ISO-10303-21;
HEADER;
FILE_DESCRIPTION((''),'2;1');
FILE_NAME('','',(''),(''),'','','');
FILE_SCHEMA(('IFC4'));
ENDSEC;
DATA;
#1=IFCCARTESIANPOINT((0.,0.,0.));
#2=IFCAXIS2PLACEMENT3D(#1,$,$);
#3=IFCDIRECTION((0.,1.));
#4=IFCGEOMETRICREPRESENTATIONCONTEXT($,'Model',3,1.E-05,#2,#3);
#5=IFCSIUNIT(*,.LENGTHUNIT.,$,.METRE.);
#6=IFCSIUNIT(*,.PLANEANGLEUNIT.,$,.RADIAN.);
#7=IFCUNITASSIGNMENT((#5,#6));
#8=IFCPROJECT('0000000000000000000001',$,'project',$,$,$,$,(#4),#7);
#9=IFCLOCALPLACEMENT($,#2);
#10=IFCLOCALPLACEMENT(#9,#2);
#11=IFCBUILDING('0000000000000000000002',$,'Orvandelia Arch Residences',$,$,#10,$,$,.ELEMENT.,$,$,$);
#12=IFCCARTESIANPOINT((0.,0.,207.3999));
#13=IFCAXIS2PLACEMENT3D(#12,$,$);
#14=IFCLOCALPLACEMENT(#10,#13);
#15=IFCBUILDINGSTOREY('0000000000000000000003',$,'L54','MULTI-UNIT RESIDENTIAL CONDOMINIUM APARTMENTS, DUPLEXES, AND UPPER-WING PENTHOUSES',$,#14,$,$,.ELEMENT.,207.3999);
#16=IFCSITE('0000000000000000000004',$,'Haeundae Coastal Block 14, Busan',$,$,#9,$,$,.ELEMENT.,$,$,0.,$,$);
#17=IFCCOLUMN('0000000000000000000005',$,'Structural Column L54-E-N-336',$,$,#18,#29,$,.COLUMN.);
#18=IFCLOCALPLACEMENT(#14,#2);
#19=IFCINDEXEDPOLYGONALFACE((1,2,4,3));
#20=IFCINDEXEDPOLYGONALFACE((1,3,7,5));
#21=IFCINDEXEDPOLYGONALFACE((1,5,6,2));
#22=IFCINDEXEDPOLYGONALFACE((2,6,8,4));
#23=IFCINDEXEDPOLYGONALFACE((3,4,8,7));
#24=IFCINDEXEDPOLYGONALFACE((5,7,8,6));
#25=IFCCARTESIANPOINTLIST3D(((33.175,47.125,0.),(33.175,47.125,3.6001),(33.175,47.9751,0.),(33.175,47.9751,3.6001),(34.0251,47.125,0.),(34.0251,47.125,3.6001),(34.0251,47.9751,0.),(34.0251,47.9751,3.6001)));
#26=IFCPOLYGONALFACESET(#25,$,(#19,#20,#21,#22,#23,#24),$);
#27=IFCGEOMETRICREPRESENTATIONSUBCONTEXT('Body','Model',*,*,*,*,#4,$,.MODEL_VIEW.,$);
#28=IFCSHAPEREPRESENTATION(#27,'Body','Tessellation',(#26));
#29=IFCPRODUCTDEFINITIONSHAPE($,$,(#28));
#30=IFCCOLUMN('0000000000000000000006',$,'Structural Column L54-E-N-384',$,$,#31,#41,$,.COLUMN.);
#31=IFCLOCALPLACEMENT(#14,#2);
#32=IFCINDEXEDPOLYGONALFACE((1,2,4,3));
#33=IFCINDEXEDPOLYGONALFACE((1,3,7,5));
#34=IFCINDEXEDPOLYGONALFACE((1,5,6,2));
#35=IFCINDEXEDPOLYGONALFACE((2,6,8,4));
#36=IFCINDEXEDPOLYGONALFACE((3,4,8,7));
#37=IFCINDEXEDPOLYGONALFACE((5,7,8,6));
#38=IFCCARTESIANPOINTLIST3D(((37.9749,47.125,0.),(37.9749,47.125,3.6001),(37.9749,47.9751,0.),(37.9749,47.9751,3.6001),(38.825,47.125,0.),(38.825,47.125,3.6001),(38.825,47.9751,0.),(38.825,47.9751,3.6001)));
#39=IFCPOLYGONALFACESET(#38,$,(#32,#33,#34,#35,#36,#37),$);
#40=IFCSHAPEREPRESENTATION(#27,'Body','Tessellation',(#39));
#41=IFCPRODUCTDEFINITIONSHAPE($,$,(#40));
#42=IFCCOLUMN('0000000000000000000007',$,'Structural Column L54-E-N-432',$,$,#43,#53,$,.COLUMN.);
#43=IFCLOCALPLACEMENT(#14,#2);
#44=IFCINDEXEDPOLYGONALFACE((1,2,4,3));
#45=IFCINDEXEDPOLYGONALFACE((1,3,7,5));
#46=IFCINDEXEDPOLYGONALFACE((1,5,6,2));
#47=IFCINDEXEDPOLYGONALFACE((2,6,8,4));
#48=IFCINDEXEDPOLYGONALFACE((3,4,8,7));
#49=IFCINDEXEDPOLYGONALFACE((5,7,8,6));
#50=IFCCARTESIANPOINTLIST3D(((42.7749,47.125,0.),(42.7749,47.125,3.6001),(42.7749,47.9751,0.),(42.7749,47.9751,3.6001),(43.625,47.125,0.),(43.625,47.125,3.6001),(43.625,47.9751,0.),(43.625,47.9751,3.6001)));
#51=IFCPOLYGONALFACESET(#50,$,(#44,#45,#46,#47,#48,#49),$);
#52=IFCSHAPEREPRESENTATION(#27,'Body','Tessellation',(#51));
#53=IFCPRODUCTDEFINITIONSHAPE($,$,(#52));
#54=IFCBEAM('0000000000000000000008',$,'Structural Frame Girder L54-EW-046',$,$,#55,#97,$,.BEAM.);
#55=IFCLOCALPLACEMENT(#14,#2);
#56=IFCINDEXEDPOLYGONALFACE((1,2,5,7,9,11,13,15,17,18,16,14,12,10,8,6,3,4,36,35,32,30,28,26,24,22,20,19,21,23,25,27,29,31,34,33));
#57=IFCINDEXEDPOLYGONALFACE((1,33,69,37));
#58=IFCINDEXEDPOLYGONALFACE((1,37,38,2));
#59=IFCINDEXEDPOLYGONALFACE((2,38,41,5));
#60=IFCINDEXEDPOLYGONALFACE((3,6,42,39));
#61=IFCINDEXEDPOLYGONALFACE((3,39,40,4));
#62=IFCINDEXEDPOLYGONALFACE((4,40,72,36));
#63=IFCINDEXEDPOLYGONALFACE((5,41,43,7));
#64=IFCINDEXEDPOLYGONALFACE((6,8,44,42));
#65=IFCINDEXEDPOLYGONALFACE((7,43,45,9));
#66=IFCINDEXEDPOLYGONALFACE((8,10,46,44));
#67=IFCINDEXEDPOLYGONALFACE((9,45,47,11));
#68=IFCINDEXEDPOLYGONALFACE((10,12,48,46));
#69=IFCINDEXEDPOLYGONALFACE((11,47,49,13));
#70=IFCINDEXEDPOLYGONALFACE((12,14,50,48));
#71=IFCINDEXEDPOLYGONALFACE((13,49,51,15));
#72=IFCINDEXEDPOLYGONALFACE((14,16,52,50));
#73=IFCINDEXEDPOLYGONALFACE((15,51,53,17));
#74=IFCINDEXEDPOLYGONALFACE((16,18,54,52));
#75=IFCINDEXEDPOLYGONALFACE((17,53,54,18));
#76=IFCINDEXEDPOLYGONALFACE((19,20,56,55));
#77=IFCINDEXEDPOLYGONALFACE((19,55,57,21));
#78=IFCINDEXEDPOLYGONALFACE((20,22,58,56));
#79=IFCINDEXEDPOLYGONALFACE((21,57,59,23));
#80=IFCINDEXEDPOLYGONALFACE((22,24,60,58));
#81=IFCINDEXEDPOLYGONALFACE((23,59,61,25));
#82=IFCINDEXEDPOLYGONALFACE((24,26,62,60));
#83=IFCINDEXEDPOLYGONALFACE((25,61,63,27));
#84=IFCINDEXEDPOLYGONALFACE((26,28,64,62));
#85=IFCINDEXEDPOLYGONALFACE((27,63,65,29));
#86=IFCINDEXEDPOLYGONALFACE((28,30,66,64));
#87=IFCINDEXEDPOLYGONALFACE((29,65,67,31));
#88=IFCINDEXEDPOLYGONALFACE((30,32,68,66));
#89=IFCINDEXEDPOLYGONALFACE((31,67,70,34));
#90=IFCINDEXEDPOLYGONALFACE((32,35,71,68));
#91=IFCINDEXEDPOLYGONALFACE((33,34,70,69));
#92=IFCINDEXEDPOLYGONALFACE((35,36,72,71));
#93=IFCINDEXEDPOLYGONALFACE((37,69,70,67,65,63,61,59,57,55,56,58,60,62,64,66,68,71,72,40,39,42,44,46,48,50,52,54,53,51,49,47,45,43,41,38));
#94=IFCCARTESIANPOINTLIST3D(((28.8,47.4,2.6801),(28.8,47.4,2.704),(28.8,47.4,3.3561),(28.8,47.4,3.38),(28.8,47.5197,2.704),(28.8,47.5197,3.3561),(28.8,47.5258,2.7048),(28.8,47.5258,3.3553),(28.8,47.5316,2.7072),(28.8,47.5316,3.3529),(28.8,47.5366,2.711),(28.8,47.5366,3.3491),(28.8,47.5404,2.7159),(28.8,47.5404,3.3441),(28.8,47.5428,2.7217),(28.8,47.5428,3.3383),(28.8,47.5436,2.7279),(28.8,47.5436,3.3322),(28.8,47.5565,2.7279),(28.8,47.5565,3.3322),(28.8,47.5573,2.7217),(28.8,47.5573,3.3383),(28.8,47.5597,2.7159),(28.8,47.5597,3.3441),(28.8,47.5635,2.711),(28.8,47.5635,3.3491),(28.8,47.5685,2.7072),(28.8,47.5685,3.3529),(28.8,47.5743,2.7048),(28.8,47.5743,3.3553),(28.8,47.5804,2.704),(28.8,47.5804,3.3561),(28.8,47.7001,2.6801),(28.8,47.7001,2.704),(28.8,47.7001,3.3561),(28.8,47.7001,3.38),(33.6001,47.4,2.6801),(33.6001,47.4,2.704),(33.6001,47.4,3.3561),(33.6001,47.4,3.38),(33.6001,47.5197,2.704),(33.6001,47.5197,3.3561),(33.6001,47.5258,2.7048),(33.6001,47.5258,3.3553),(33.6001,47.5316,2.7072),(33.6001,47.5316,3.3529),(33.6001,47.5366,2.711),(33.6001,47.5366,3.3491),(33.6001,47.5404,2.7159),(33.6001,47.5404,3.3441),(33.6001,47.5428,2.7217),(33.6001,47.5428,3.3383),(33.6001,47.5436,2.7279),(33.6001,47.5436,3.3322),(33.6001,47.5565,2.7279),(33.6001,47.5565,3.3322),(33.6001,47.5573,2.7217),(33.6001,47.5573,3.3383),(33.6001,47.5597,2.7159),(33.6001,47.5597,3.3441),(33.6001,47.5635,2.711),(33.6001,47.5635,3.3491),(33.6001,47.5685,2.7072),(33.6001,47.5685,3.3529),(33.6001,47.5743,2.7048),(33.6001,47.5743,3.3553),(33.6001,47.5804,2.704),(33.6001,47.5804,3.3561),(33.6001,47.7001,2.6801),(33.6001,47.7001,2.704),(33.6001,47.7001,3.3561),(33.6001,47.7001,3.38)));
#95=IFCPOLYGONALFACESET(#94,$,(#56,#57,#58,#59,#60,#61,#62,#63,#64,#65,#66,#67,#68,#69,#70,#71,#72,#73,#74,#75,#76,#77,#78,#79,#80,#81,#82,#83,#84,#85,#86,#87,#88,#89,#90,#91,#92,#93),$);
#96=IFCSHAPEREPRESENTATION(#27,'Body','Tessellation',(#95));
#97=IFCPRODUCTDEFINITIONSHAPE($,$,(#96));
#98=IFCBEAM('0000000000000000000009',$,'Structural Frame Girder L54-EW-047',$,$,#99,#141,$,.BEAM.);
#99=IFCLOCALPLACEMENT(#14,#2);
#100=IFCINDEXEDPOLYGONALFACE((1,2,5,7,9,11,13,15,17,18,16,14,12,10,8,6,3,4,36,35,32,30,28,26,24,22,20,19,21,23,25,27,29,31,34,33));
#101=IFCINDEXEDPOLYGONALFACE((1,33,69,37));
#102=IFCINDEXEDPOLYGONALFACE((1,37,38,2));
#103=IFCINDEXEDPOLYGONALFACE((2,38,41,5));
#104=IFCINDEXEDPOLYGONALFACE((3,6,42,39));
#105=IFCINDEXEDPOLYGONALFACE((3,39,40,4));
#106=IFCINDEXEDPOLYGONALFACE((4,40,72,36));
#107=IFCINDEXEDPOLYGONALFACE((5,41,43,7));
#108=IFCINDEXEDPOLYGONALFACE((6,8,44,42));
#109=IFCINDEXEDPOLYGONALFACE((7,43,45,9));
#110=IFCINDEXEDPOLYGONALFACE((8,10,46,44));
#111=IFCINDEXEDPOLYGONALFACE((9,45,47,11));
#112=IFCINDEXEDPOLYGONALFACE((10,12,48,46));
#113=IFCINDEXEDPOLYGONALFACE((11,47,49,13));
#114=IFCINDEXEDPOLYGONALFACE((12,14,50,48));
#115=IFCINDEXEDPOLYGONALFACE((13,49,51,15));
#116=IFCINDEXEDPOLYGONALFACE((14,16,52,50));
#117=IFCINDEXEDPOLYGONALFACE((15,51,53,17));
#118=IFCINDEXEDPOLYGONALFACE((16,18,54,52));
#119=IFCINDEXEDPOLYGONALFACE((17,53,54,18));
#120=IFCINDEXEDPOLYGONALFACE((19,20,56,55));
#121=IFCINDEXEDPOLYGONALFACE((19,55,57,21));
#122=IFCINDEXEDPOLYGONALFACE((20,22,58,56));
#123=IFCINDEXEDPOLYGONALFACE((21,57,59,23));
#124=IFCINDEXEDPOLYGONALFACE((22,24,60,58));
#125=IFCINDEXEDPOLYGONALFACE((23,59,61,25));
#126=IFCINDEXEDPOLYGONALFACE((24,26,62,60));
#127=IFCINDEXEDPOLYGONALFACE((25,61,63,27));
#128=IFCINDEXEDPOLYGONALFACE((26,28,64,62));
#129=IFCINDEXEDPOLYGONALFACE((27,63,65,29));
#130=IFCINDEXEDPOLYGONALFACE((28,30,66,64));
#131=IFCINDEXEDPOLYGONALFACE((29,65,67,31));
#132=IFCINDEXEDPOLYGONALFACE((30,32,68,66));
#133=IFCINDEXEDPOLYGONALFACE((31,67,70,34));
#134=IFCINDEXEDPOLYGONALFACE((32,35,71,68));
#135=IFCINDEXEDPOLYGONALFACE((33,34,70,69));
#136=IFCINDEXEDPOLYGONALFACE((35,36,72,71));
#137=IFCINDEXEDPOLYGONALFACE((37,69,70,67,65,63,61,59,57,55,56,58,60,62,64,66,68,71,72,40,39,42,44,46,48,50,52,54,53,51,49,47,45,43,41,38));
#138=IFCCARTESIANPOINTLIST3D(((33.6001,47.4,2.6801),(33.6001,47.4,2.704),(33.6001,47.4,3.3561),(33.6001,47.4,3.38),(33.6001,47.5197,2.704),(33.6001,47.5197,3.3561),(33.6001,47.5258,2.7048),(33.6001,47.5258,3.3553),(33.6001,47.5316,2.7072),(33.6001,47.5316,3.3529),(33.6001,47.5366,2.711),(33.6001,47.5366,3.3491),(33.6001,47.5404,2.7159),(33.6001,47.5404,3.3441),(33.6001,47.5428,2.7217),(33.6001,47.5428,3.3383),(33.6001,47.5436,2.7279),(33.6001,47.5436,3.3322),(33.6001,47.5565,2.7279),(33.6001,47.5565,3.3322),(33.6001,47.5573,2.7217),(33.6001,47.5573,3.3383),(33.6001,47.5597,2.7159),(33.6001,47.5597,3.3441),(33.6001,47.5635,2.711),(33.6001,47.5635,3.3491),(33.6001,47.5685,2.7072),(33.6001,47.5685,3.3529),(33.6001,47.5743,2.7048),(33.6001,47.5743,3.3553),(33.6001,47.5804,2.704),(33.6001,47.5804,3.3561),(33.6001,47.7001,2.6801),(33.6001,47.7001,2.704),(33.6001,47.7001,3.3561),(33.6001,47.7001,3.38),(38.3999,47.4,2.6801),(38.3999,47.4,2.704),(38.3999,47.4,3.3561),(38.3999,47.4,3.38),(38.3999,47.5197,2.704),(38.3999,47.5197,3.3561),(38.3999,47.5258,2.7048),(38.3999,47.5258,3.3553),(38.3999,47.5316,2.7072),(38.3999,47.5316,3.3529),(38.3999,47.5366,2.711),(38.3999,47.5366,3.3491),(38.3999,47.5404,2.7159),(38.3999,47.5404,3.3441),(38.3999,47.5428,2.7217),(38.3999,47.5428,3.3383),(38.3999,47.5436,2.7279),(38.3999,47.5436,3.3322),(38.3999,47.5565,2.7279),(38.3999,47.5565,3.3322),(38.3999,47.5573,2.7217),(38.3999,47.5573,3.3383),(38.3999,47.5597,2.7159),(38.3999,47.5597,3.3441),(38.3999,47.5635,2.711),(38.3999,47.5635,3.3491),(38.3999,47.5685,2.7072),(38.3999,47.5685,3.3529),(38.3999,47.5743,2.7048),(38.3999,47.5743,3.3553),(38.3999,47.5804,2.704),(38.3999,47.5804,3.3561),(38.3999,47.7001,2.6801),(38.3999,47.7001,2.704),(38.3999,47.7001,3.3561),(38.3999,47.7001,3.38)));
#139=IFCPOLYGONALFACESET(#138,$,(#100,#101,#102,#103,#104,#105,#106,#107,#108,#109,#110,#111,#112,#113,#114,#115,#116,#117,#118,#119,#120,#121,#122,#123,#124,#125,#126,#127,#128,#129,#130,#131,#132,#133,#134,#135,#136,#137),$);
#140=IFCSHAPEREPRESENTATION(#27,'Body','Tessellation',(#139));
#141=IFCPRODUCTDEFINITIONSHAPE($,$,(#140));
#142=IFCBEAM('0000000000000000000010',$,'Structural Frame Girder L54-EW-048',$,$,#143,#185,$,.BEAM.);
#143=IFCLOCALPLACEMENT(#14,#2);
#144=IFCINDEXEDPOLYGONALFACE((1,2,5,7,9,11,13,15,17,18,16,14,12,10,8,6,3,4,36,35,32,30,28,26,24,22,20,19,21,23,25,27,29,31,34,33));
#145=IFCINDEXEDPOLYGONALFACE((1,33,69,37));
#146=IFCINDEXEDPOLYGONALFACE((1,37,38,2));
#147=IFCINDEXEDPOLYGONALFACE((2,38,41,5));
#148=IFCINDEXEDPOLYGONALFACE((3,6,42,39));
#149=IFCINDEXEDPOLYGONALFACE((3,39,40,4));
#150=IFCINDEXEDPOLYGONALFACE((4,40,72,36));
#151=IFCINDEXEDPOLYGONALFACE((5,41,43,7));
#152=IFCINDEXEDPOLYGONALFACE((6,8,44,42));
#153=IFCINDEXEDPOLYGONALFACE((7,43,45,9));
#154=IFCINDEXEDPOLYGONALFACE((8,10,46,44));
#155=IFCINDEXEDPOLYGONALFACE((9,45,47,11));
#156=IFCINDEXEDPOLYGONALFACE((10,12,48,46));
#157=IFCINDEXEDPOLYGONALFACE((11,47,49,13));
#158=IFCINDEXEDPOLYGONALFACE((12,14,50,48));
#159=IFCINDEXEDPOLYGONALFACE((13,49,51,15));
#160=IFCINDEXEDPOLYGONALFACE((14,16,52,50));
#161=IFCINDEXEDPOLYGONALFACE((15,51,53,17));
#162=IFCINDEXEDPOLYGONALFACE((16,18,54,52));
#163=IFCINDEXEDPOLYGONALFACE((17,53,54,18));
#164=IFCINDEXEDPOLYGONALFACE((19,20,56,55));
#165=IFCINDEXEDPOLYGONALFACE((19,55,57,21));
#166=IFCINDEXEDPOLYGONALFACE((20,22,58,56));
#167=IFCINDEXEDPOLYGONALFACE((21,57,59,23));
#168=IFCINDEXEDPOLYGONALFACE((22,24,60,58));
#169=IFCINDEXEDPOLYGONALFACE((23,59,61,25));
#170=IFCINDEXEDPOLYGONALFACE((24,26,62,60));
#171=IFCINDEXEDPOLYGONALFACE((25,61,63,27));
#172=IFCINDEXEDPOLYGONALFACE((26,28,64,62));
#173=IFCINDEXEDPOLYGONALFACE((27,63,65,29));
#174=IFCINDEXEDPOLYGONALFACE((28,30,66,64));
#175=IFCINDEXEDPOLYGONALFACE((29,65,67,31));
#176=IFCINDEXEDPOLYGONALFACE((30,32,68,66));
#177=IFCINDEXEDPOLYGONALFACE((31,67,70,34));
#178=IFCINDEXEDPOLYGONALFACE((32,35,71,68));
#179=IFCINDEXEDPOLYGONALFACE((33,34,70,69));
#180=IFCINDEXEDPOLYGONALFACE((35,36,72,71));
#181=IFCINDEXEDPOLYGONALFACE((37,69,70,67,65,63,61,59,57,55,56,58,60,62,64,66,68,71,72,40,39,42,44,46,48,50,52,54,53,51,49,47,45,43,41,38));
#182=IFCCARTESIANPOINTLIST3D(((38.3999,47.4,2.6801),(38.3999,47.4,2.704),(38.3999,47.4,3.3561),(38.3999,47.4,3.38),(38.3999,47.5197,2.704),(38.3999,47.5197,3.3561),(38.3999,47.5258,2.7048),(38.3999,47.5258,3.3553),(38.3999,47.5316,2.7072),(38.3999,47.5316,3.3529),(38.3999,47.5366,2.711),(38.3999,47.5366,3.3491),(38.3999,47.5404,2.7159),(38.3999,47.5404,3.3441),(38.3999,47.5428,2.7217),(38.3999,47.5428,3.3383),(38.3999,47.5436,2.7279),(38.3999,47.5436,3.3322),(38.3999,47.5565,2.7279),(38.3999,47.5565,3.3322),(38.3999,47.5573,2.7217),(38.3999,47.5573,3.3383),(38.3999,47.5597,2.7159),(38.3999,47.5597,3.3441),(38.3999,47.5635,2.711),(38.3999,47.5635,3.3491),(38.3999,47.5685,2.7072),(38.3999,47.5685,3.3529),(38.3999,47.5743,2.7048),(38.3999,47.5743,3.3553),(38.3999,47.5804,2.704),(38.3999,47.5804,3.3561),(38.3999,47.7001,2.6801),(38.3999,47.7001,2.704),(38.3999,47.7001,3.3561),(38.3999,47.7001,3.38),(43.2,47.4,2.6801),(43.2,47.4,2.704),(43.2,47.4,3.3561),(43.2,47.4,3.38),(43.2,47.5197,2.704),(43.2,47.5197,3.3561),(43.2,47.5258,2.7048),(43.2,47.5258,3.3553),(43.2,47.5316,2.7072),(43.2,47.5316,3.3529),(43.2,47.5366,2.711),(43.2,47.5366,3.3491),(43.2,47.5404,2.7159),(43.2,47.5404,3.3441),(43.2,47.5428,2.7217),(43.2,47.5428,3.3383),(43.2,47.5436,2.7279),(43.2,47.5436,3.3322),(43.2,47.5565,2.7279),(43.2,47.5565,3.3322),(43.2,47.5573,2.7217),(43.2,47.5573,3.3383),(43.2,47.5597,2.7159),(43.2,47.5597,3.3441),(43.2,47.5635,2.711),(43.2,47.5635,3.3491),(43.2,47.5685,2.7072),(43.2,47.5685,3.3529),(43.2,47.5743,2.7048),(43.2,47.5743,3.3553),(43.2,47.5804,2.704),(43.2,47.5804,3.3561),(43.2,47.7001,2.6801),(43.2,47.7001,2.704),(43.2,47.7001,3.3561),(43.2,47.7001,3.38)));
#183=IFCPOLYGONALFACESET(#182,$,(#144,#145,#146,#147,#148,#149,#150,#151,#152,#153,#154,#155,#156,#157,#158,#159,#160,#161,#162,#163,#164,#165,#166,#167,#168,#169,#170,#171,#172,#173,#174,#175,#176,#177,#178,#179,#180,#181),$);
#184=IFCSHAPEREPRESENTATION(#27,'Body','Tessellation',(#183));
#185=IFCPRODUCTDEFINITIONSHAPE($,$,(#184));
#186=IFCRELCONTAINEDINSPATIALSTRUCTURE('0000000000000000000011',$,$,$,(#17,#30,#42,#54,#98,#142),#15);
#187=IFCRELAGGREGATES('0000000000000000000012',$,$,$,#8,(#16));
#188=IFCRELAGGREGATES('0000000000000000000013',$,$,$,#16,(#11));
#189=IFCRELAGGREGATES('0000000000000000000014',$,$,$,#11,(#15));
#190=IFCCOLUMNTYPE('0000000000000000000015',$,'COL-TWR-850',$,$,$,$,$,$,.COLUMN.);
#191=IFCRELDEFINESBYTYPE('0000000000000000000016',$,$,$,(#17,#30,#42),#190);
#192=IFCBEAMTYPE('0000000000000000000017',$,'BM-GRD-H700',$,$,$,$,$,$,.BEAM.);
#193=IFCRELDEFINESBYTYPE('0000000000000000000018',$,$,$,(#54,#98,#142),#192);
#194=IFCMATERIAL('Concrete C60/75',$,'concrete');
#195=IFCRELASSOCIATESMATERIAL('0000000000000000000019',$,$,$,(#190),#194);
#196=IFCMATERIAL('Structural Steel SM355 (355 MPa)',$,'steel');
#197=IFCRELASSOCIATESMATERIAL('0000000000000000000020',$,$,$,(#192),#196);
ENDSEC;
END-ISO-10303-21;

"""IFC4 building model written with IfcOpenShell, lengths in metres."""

from ifc_helpers import new_model, si_unit, direction, frame, origin, origin_2d, place, context, subcontext, project, spatial, rectangle, i_section, extrude, material, material_profile, profile_set, type_object, element, save


model = new_model("IFC4")

# Units and contexts
model_context = context("Model", 3, precision=1e-05, world=origin(), true_north=direction((0.0, 1.0)))
body_context = subcontext(model_context, "Body", "Model", "MODEL_VIEW")
ifc_project = project(units=[si_unit("LENGTHUNIT", "METRE"), si_unit("PLANEANGLEUNIT", "RADIAN")], contexts=[model_context])

# Site, building, storey
site_placement = place(None, origin())
site = spatial("IfcSite", under=ifc_project, at=site_placement, Name="Haeundae Coastal Block 14, Busan", CompositionType="ELEMENT", RefElevation=0.0)
building_placement = place(site_placement, origin())
building = spatial("IfcBuilding", under=site, at=building_placement, Name="Orvandelia Arch Residences", CompositionType="ELEMENT")
storey_placement = place(building_placement, frame((0.0, 0.0, 207.3999)))
storey = spatial("IfcBuildingStorey", under=building, at=storey_placement, Name="L54", Description="MULTI-UNIT RESIDENTIAL CONDOMINIUM APARTMENTS, DUPLEXES, AND UPPER-WING PENTHOUSES", CompositionType="ELEMENT", Elevation=207.3999)

# Columns
ifc_material_1 = material(Name="Concrete C60/75", Category="concrete")
ifc_material_profile_1 = material_profile(ifc_material_1, rectangle(XDim=0.8501, YDim=0.8501, at=origin_2d()), Name="Concrete C60/75", Category="concrete")
ifc_profile_set_1 = profile_set([ifc_material_profile_1], Name="Concrete C60/75")
column_type = type_object("IfcColumnType", Name="COL-TWR-850", PredefinedType="COLUMN", material=ifc_profile_set_1)
for number, where, z_axis, x_axis, name in (
    (1, (33.6001, 47.55, 0.0), (0.0, 0.0, 1.0), (1.0, 0.0, 0.0), "Structural Column L54-E-N-336"),
    (2, (38.3999, 47.55, 0.0), (0.0, 0.0, 1.0), (1.0, 0.0, 0.0), "Structural Column L54-E-N-384"),
    (3, (43.2, 47.55, 0.0), (0.0, 0.0, 1.0), (1.0, 0.0, 0.0), "Structural Column L54-E-N-432"),
):
    element("IfcColumn", number, at=place(storey_placement, frame(where, z_axis=z_axis, x_axis=x_axis)), inside=storey, type_object=column_type, Name=name, PredefinedType="COLUMN", context=body_context, shape_type="SweptSolid", body=[
        extrude(rectangle(XDim=0.8501, YDim=0.8501, at=origin_2d()), origin(), (0.0, 0.0, 1.0), 3.6001),
    ])

# Beams
ifc_material_2 = material(Name="Structural Steel SM355 (355 MPa)", Category="steel")
ifc_material_profile_2 = material_profile(ifc_material_2, i_section(OverallWidth=0.3, OverallDepth=0.7, WebThickness=0.0129, FlangeThickness=0.0239, FilletRadius=0.0239, at=origin_2d()), Name="Structural Steel SM355 (355 MPa)", Category="steel")
ifc_profile_set_2 = profile_set([ifc_material_profile_2], Name="Structural Steel SM355 (355 MPa)")
beam_type = type_object("IfcBeamType", Name="BM-GRD-H700", PredefinedType="BEAM", material=ifc_profile_set_2)
beam_1_placement = place(storey_placement, frame((28.8, 47.55, 3.03), z_axis=(1.0, 0.0, 0.0), x_axis=(0.0, 1.0, 0.0)))
element("IfcBeam", 4, at=beam_1_placement, inside=storey, type_object=beam_type, Name="Structural Frame Girder L54-EW-046", PredefinedType="BEAM", context=body_context, shape_type="SweptSolid", body=[
    extrude(i_section(OverallWidth=0.3, OverallDepth=0.7, WebThickness=0.0129, FlangeThickness=0.0239, FilletRadius=0.0239, at=origin_2d()), origin(), (0.0, 0.0, 1.0), 4.8),
])
beam_2_placement = place(storey_placement, frame((33.6001, 47.55, 3.03), z_axis=(1.0, 0.0, 0.0), x_axis=(0.0, 1.0, 0.0)))
element("IfcBeam", 5, at=beam_2_placement, inside=storey, type_object=beam_type, Name="Structural Frame Girder L54-EW-047", PredefinedType="BEAM", context=body_context, shape_type="SweptSolid", body=[
    extrude(i_section(OverallWidth=0.3, OverallDepth=0.7, WebThickness=0.0129, FlangeThickness=0.0239, FilletRadius=0.0239, at=origin_2d()), origin(), (0.0, 0.0, 1.0), 4.7998),
])
for number, where, z_axis, x_axis, name in (
    (6, (38.3999, 47.55, 3.03), (1.0, 0.0, 0.0), (0.0, 1.0, 0.0), "Structural Frame Girder L54-EW-048"),
):
    element("IfcBeam", number, at=place(storey_placement, frame(where, z_axis=z_axis, x_axis=x_axis)), inside=storey, type_object=beam_type, Name=name, PredefinedType="BEAM", context=body_context, shape_type="SweptSolid", body=[
        extrude(i_section(OverallWidth=0.3, OverallDepth=0.7, WebThickness=0.0129, FlangeThickness=0.0239, FilletRadius=0.0239, at=origin_2d()), origin(), (0.0, 0.0, 1.0), 4.8),
    ])

save(model, "model.ifc")
